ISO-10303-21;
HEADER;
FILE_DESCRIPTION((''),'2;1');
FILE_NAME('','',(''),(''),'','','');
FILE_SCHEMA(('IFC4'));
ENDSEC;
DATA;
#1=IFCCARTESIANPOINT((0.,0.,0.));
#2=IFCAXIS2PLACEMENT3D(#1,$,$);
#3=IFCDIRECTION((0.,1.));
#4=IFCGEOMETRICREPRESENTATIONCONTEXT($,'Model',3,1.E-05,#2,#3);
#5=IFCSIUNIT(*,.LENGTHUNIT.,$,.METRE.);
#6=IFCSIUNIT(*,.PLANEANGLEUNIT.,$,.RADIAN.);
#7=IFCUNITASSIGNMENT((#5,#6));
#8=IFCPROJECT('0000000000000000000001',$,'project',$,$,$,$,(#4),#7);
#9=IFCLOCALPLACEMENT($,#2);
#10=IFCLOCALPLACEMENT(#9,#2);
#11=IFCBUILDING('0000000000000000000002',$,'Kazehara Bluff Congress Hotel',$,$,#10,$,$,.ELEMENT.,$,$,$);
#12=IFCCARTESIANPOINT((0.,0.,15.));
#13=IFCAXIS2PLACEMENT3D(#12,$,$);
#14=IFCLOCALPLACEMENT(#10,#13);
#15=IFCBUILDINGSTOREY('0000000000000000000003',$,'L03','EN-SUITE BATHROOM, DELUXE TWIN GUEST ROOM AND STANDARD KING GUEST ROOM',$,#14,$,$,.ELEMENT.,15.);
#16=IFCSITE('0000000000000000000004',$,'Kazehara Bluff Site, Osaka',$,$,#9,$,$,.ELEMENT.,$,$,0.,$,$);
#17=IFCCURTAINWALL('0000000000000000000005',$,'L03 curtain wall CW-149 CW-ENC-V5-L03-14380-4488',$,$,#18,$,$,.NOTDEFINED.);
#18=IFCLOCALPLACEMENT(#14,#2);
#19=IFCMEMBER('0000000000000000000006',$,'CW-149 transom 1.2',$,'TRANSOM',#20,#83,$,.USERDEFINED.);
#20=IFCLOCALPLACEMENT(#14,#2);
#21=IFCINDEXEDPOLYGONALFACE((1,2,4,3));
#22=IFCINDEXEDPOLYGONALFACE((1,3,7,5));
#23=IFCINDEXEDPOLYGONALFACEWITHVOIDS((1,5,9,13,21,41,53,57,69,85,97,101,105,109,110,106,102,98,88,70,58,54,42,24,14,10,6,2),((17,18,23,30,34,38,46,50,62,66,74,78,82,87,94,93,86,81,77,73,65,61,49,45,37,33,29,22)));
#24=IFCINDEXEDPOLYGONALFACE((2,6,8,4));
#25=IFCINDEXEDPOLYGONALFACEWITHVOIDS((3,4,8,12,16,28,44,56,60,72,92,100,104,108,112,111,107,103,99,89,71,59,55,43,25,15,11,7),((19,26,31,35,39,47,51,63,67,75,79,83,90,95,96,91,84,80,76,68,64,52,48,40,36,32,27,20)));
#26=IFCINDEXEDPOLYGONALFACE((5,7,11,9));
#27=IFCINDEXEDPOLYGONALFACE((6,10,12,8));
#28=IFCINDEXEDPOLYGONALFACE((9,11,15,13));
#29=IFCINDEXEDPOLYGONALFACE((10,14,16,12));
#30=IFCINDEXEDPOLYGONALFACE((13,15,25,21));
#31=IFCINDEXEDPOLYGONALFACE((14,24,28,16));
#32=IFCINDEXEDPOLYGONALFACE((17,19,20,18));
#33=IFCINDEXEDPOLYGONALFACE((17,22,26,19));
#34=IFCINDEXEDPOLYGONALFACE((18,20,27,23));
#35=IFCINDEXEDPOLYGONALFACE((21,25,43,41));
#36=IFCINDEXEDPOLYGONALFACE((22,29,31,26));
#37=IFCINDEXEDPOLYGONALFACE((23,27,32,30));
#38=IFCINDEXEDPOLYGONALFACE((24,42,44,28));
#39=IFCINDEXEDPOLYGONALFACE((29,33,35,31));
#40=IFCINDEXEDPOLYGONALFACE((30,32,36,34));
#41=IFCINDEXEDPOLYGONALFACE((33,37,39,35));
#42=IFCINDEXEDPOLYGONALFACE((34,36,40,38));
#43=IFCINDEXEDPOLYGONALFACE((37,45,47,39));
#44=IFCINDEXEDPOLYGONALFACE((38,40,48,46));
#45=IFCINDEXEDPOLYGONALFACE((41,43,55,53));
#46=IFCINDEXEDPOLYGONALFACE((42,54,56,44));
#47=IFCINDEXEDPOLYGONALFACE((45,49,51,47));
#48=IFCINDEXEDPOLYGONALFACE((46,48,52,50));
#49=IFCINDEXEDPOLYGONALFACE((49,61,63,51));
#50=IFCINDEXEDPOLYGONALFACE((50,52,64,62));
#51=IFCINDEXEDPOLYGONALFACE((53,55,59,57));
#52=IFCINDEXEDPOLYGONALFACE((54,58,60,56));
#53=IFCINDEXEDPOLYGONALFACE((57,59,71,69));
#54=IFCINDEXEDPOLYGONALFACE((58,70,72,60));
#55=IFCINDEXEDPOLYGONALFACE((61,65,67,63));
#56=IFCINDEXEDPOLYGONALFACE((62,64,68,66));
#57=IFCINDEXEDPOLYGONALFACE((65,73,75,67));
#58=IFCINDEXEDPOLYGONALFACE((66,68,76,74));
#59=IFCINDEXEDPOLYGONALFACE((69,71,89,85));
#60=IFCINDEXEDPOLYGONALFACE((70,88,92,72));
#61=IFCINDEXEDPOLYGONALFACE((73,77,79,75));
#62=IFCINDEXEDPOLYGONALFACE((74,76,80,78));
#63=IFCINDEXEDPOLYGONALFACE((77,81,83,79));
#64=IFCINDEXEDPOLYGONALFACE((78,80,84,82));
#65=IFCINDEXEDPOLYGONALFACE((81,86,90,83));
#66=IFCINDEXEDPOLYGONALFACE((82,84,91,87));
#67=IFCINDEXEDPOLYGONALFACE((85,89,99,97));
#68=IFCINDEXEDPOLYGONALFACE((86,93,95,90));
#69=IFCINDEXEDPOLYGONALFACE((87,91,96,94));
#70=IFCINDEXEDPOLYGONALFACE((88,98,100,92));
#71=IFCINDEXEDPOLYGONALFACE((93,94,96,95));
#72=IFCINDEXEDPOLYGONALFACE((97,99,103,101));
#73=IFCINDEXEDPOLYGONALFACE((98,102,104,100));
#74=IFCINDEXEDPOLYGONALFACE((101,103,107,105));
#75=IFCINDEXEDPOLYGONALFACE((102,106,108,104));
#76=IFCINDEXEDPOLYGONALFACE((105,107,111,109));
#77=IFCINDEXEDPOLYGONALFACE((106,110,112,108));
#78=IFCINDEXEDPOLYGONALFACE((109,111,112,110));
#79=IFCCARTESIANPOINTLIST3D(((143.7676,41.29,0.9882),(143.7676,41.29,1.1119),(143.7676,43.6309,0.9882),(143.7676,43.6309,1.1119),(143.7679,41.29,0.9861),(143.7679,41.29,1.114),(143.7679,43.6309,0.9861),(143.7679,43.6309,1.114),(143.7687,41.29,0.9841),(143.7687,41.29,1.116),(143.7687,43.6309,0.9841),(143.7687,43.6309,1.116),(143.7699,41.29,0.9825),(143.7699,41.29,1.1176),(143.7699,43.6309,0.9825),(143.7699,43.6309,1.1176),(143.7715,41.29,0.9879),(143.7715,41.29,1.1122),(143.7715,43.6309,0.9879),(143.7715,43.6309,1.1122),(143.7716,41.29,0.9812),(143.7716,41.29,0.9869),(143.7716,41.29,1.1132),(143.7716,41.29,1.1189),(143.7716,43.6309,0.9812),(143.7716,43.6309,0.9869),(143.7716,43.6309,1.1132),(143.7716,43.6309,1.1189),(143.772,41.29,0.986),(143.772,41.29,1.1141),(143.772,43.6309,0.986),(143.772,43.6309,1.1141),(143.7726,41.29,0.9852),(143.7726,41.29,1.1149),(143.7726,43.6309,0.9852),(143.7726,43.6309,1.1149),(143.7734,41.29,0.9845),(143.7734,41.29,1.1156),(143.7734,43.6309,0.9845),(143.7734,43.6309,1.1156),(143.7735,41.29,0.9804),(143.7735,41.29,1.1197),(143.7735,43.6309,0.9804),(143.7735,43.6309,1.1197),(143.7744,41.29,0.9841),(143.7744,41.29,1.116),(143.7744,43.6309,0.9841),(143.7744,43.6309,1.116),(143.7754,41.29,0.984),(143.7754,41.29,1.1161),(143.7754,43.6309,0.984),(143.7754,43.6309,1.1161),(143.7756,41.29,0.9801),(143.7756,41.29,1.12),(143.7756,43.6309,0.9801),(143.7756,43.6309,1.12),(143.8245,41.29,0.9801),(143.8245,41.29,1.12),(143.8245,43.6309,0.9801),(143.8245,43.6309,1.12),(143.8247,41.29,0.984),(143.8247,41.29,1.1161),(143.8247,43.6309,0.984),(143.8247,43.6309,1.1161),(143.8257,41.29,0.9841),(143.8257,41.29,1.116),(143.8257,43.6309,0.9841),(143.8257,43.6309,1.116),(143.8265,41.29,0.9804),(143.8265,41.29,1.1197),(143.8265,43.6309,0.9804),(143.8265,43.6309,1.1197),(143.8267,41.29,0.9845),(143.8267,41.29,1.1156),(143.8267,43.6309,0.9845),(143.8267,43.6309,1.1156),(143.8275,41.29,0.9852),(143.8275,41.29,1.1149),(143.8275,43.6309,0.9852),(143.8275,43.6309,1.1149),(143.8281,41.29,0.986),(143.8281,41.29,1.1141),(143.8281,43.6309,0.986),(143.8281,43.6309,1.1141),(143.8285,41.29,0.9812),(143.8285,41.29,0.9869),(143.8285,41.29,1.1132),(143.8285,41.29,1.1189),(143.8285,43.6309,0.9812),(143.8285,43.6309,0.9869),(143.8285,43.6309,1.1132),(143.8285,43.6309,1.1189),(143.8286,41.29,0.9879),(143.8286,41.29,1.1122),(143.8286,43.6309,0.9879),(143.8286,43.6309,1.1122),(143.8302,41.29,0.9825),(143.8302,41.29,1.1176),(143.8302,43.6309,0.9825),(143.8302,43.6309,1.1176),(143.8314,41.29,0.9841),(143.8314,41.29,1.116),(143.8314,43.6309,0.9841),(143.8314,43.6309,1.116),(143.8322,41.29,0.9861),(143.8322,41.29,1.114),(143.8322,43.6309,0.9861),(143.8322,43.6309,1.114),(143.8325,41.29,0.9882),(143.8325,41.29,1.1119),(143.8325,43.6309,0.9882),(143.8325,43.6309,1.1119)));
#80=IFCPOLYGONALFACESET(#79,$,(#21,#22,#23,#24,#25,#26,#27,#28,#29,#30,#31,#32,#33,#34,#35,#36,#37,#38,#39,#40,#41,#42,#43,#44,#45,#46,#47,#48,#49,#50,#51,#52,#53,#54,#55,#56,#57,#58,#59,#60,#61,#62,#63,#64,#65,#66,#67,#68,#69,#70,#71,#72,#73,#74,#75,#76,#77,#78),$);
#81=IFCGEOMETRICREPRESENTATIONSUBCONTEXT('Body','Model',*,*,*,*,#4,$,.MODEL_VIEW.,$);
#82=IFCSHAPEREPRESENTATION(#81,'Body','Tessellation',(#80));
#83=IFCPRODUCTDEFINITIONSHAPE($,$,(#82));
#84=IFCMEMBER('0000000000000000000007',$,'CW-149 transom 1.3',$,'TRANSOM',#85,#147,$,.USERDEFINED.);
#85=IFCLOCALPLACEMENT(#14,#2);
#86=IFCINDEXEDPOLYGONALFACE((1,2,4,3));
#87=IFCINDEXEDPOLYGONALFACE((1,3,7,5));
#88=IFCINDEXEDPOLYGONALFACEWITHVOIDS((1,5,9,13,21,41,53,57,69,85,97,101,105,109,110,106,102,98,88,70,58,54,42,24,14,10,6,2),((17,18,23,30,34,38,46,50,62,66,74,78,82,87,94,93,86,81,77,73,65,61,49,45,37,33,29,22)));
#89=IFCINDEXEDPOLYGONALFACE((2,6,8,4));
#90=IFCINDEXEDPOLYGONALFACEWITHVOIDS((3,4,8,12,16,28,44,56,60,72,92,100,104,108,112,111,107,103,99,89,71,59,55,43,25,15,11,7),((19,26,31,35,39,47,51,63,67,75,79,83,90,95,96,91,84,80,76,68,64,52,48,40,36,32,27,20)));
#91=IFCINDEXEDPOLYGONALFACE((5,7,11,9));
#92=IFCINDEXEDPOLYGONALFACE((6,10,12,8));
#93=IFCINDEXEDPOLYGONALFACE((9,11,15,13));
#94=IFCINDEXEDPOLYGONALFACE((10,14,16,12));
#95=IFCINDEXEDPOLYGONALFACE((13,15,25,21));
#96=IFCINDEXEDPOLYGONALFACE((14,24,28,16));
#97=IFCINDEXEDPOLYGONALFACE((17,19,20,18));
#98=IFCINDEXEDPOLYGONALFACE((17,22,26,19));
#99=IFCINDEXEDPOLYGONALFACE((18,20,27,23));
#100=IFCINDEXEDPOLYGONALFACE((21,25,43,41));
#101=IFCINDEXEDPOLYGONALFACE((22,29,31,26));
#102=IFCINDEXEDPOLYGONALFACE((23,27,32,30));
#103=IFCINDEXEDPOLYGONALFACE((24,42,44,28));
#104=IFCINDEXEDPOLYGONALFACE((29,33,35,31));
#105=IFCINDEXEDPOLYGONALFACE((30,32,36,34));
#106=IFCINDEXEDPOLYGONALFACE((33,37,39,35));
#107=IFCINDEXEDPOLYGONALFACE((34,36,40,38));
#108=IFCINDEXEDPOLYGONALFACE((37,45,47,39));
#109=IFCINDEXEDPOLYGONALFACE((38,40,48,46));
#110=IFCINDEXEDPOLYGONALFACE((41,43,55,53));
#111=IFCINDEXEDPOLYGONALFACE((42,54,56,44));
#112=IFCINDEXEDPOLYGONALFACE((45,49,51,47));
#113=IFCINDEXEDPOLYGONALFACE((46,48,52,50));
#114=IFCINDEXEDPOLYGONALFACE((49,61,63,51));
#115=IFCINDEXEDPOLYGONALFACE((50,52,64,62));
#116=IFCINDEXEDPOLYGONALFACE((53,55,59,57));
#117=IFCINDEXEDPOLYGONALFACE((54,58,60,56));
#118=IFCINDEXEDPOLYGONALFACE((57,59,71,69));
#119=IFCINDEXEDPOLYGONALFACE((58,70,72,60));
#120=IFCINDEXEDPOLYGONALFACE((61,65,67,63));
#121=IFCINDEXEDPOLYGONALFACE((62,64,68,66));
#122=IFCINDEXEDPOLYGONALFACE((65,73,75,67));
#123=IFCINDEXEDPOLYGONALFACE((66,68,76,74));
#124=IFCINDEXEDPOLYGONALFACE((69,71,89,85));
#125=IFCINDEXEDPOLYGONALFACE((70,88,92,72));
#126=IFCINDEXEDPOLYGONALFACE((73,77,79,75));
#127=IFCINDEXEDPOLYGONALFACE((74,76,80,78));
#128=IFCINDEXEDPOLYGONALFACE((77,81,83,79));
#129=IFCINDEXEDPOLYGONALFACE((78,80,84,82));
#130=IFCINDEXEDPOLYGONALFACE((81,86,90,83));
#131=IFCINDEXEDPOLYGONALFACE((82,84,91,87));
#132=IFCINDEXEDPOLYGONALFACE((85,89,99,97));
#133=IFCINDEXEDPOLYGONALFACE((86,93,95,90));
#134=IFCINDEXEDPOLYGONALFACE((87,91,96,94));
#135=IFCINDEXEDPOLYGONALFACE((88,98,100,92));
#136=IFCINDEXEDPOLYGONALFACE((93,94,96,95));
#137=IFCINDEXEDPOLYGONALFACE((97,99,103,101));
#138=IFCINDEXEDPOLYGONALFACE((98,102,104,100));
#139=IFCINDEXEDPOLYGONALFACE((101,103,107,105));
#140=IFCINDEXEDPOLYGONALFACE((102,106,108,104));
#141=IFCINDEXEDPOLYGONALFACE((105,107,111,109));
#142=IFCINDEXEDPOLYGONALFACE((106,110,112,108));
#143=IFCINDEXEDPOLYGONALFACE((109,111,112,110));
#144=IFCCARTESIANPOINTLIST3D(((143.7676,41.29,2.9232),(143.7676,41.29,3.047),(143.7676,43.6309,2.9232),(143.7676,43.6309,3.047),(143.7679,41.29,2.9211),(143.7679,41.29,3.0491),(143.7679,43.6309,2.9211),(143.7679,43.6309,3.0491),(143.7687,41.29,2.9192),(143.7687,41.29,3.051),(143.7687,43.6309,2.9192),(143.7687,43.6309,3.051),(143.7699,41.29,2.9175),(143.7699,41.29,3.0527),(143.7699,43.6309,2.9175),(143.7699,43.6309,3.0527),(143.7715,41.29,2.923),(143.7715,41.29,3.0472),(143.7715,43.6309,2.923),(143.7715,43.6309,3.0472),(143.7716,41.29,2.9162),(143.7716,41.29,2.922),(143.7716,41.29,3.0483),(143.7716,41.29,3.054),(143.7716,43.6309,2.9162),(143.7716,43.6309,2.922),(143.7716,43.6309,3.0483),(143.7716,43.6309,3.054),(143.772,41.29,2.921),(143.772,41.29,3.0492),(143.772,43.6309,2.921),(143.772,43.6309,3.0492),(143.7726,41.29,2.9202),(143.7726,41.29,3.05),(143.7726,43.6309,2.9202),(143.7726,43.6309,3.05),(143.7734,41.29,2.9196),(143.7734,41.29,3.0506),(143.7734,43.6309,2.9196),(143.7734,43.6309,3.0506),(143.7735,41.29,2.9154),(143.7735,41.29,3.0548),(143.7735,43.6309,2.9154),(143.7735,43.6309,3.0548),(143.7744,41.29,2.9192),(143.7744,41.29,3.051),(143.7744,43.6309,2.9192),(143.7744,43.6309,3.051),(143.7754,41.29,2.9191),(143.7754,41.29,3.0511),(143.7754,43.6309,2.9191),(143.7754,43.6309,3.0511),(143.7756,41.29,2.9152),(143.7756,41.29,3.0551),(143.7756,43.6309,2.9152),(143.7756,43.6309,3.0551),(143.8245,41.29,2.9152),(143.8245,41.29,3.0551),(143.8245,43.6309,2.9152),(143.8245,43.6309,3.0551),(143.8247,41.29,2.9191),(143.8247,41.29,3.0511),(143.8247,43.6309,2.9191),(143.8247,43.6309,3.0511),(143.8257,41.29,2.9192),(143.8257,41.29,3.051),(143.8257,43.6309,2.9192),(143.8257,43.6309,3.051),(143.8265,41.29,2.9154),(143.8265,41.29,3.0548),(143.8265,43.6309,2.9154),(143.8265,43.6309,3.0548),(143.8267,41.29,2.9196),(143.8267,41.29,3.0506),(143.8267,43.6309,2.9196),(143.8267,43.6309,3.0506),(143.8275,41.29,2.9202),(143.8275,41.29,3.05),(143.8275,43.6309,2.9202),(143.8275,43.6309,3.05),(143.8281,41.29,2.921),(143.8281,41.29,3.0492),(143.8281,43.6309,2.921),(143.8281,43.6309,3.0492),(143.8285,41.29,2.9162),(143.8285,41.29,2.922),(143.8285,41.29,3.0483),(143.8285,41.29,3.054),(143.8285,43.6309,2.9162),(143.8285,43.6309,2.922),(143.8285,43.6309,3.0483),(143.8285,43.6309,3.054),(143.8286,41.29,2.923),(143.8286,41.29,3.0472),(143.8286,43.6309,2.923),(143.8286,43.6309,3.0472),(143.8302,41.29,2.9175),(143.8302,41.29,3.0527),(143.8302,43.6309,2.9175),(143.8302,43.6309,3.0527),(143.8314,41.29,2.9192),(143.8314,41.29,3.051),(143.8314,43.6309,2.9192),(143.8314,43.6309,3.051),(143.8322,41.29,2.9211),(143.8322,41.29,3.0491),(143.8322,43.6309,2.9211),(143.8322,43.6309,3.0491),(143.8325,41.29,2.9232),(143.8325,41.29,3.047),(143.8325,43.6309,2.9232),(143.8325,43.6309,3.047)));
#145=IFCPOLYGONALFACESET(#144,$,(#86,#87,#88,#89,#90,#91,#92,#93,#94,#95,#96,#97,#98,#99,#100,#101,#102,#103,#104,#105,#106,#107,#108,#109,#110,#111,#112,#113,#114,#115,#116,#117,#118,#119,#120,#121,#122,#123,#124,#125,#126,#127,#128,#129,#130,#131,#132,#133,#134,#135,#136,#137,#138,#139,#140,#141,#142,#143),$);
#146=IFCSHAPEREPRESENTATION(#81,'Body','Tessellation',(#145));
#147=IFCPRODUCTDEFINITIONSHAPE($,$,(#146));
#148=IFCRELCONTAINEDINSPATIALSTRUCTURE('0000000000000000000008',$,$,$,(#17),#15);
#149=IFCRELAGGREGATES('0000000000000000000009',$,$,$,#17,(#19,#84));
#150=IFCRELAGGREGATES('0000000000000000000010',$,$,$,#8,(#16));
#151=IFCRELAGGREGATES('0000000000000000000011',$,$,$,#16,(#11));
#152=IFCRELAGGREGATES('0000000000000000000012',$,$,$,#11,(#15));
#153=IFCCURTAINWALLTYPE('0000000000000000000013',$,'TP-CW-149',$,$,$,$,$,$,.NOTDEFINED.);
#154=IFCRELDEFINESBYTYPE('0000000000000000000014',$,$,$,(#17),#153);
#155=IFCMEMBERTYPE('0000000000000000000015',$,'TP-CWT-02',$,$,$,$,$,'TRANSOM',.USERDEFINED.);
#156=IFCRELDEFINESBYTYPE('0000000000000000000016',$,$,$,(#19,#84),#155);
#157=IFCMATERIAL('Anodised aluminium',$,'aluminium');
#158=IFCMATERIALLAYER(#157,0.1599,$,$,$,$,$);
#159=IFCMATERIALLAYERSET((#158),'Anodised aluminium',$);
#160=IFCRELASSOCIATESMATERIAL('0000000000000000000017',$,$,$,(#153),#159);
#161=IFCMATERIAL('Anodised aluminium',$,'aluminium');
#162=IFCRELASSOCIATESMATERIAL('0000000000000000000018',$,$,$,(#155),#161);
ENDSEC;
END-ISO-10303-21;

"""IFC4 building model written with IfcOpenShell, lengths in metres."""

from ifc_helpers import new_model, si_unit, direction, frame, origin, origin_2d, place, context, subcontext, project, spatial, hollow_rectangle, extrude, material, layer, layer_set, material_profile, profile_set, type_object, element, aggregate, save


model = new_model("IFC4")

# Units and contexts
model_context = context("Model", 3, precision=1e-05, world=origin(), true_north=direction((0.0, 1.0)))
body_context = subcontext(model_context, "Body", "Model", "MODEL_VIEW")
ifc_project = project(units=[si_unit("LENGTHUNIT", "METRE"), si_unit("PLANEANGLEUNIT", "RADIAN")], contexts=[model_context])

# Site, building, storey
site_placement = place(None, origin())
site = spatial("IfcSite", under=ifc_project, at=site_placement, Name="Kazehara Bluff Site, Osaka", CompositionType="ELEMENT", RefElevation=0.0)
building_placement = place(site_placement, origin())
building = spatial("IfcBuilding", under=site, at=building_placement, Name="Kazehara Bluff Congress Hotel", CompositionType="ELEMENT")
storey_placement = place(building_placement, frame((0.0, 0.0, 15.0)))
storey = spatial("IfcBuildingStorey", under=building, at=storey_placement, Name="L03", Description="EN-SUITE BATHROOM, DELUXE TWIN GUEST ROOM AND STANDARD KING GUEST ROOM", CompositionType="ELEMENT", Elevation=15.0)

# Curtain wall
ifc_material_1 = material(Name="Anodised aluminium", Category="aluminium")
ifc_layer_1 = layer(ifc_material_1, 0.1599)
ifc_layer_set_1 = layer_set([ifc_layer_1], Name="Anodised aluminium")
curtain_wall_type_1 = type_object("IfcCurtainWallType", Name="TP-CW-149", PredefinedType="NOTDEFINED", material=ifc_layer_set_1)
curtain_wall_1_placement = place(storey_placement, origin())
curtain_wall_1 = element("IfcCurtainWall", 1, at=curtain_wall_1_placement, inside=storey, type_object=curtain_wall_type_1, Name="L03 curtain wall CW-149 CW-ENC-V5-L03-14380-4488", PredefinedType="NOTDEFINED")

# Members
ifc_material_2 = material(Name="Anodised aluminium", Category="aluminium")
ifc_material_profile_1 = material_profile(ifc_material_2, hollow_rectangle(XDim=0.0649, YDim=0.1399, WallThickness=0.0039, InnerFilletRadius=0.0039, OuterFilletRadius=0.0081, at=origin_2d()))
ifc_profile_set_1 = profile_set([ifc_material_profile_1], Name="Anodised aluminium")
member_type_1 = type_object("IfcMemberType", Name="TP-CWT-02", ElementType="TRANSOM", PredefinedType="USERDEFINED", material=ifc_profile_set_1)
member_1_placement = place(storey_placement, frame((143.8, 41.29, 1.05), z_axis=(0.0, 1.0, 0.0), x_axis=(-1.0, 0.0, 0.0)))
member_1 = element("IfcMember", 2, at=member_1_placement, type_object=member_type_1, Name="CW-149 transom 1.2", ObjectType="TRANSOM", PredefinedType="USERDEFINED", context=body_context, shape_type="SweptSolid", body=[
    extrude(hollow_rectangle(XDim=0.0649, YDim=0.1399, WallThickness=0.0039, InnerFilletRadius=0.0039, OuterFilletRadius=0.0081, at=origin_2d()), origin(), (0.0, 0.0, 1.0), 2.3408),
])
member_2_placement = place(storey_placement, frame((143.8, 41.29, 2.9851), z_axis=(0.0, 1.0, 0.0), x_axis=(-1.0, 0.0, 0.0)))
member_2 = element("IfcMember", 3, at=member_2_placement, type_object=member_type_1, Name="CW-149 transom 1.3", ObjectType="TRANSOM", PredefinedType="USERDEFINED", context=body_context, shape_type="SweptSolid", body=[
    extrude(hollow_rectangle(XDim=0.0649, YDim=0.1399, WallThickness=0.0039, InnerFilletRadius=0.0039, OuterFilletRadius=0.0081, at=origin_2d()), origin(), (0.0, 0.0, 1.0), 2.3408),
])

aggregate(curtain_wall_1, [member_1, member_2])

save(model, "model.ifc")
